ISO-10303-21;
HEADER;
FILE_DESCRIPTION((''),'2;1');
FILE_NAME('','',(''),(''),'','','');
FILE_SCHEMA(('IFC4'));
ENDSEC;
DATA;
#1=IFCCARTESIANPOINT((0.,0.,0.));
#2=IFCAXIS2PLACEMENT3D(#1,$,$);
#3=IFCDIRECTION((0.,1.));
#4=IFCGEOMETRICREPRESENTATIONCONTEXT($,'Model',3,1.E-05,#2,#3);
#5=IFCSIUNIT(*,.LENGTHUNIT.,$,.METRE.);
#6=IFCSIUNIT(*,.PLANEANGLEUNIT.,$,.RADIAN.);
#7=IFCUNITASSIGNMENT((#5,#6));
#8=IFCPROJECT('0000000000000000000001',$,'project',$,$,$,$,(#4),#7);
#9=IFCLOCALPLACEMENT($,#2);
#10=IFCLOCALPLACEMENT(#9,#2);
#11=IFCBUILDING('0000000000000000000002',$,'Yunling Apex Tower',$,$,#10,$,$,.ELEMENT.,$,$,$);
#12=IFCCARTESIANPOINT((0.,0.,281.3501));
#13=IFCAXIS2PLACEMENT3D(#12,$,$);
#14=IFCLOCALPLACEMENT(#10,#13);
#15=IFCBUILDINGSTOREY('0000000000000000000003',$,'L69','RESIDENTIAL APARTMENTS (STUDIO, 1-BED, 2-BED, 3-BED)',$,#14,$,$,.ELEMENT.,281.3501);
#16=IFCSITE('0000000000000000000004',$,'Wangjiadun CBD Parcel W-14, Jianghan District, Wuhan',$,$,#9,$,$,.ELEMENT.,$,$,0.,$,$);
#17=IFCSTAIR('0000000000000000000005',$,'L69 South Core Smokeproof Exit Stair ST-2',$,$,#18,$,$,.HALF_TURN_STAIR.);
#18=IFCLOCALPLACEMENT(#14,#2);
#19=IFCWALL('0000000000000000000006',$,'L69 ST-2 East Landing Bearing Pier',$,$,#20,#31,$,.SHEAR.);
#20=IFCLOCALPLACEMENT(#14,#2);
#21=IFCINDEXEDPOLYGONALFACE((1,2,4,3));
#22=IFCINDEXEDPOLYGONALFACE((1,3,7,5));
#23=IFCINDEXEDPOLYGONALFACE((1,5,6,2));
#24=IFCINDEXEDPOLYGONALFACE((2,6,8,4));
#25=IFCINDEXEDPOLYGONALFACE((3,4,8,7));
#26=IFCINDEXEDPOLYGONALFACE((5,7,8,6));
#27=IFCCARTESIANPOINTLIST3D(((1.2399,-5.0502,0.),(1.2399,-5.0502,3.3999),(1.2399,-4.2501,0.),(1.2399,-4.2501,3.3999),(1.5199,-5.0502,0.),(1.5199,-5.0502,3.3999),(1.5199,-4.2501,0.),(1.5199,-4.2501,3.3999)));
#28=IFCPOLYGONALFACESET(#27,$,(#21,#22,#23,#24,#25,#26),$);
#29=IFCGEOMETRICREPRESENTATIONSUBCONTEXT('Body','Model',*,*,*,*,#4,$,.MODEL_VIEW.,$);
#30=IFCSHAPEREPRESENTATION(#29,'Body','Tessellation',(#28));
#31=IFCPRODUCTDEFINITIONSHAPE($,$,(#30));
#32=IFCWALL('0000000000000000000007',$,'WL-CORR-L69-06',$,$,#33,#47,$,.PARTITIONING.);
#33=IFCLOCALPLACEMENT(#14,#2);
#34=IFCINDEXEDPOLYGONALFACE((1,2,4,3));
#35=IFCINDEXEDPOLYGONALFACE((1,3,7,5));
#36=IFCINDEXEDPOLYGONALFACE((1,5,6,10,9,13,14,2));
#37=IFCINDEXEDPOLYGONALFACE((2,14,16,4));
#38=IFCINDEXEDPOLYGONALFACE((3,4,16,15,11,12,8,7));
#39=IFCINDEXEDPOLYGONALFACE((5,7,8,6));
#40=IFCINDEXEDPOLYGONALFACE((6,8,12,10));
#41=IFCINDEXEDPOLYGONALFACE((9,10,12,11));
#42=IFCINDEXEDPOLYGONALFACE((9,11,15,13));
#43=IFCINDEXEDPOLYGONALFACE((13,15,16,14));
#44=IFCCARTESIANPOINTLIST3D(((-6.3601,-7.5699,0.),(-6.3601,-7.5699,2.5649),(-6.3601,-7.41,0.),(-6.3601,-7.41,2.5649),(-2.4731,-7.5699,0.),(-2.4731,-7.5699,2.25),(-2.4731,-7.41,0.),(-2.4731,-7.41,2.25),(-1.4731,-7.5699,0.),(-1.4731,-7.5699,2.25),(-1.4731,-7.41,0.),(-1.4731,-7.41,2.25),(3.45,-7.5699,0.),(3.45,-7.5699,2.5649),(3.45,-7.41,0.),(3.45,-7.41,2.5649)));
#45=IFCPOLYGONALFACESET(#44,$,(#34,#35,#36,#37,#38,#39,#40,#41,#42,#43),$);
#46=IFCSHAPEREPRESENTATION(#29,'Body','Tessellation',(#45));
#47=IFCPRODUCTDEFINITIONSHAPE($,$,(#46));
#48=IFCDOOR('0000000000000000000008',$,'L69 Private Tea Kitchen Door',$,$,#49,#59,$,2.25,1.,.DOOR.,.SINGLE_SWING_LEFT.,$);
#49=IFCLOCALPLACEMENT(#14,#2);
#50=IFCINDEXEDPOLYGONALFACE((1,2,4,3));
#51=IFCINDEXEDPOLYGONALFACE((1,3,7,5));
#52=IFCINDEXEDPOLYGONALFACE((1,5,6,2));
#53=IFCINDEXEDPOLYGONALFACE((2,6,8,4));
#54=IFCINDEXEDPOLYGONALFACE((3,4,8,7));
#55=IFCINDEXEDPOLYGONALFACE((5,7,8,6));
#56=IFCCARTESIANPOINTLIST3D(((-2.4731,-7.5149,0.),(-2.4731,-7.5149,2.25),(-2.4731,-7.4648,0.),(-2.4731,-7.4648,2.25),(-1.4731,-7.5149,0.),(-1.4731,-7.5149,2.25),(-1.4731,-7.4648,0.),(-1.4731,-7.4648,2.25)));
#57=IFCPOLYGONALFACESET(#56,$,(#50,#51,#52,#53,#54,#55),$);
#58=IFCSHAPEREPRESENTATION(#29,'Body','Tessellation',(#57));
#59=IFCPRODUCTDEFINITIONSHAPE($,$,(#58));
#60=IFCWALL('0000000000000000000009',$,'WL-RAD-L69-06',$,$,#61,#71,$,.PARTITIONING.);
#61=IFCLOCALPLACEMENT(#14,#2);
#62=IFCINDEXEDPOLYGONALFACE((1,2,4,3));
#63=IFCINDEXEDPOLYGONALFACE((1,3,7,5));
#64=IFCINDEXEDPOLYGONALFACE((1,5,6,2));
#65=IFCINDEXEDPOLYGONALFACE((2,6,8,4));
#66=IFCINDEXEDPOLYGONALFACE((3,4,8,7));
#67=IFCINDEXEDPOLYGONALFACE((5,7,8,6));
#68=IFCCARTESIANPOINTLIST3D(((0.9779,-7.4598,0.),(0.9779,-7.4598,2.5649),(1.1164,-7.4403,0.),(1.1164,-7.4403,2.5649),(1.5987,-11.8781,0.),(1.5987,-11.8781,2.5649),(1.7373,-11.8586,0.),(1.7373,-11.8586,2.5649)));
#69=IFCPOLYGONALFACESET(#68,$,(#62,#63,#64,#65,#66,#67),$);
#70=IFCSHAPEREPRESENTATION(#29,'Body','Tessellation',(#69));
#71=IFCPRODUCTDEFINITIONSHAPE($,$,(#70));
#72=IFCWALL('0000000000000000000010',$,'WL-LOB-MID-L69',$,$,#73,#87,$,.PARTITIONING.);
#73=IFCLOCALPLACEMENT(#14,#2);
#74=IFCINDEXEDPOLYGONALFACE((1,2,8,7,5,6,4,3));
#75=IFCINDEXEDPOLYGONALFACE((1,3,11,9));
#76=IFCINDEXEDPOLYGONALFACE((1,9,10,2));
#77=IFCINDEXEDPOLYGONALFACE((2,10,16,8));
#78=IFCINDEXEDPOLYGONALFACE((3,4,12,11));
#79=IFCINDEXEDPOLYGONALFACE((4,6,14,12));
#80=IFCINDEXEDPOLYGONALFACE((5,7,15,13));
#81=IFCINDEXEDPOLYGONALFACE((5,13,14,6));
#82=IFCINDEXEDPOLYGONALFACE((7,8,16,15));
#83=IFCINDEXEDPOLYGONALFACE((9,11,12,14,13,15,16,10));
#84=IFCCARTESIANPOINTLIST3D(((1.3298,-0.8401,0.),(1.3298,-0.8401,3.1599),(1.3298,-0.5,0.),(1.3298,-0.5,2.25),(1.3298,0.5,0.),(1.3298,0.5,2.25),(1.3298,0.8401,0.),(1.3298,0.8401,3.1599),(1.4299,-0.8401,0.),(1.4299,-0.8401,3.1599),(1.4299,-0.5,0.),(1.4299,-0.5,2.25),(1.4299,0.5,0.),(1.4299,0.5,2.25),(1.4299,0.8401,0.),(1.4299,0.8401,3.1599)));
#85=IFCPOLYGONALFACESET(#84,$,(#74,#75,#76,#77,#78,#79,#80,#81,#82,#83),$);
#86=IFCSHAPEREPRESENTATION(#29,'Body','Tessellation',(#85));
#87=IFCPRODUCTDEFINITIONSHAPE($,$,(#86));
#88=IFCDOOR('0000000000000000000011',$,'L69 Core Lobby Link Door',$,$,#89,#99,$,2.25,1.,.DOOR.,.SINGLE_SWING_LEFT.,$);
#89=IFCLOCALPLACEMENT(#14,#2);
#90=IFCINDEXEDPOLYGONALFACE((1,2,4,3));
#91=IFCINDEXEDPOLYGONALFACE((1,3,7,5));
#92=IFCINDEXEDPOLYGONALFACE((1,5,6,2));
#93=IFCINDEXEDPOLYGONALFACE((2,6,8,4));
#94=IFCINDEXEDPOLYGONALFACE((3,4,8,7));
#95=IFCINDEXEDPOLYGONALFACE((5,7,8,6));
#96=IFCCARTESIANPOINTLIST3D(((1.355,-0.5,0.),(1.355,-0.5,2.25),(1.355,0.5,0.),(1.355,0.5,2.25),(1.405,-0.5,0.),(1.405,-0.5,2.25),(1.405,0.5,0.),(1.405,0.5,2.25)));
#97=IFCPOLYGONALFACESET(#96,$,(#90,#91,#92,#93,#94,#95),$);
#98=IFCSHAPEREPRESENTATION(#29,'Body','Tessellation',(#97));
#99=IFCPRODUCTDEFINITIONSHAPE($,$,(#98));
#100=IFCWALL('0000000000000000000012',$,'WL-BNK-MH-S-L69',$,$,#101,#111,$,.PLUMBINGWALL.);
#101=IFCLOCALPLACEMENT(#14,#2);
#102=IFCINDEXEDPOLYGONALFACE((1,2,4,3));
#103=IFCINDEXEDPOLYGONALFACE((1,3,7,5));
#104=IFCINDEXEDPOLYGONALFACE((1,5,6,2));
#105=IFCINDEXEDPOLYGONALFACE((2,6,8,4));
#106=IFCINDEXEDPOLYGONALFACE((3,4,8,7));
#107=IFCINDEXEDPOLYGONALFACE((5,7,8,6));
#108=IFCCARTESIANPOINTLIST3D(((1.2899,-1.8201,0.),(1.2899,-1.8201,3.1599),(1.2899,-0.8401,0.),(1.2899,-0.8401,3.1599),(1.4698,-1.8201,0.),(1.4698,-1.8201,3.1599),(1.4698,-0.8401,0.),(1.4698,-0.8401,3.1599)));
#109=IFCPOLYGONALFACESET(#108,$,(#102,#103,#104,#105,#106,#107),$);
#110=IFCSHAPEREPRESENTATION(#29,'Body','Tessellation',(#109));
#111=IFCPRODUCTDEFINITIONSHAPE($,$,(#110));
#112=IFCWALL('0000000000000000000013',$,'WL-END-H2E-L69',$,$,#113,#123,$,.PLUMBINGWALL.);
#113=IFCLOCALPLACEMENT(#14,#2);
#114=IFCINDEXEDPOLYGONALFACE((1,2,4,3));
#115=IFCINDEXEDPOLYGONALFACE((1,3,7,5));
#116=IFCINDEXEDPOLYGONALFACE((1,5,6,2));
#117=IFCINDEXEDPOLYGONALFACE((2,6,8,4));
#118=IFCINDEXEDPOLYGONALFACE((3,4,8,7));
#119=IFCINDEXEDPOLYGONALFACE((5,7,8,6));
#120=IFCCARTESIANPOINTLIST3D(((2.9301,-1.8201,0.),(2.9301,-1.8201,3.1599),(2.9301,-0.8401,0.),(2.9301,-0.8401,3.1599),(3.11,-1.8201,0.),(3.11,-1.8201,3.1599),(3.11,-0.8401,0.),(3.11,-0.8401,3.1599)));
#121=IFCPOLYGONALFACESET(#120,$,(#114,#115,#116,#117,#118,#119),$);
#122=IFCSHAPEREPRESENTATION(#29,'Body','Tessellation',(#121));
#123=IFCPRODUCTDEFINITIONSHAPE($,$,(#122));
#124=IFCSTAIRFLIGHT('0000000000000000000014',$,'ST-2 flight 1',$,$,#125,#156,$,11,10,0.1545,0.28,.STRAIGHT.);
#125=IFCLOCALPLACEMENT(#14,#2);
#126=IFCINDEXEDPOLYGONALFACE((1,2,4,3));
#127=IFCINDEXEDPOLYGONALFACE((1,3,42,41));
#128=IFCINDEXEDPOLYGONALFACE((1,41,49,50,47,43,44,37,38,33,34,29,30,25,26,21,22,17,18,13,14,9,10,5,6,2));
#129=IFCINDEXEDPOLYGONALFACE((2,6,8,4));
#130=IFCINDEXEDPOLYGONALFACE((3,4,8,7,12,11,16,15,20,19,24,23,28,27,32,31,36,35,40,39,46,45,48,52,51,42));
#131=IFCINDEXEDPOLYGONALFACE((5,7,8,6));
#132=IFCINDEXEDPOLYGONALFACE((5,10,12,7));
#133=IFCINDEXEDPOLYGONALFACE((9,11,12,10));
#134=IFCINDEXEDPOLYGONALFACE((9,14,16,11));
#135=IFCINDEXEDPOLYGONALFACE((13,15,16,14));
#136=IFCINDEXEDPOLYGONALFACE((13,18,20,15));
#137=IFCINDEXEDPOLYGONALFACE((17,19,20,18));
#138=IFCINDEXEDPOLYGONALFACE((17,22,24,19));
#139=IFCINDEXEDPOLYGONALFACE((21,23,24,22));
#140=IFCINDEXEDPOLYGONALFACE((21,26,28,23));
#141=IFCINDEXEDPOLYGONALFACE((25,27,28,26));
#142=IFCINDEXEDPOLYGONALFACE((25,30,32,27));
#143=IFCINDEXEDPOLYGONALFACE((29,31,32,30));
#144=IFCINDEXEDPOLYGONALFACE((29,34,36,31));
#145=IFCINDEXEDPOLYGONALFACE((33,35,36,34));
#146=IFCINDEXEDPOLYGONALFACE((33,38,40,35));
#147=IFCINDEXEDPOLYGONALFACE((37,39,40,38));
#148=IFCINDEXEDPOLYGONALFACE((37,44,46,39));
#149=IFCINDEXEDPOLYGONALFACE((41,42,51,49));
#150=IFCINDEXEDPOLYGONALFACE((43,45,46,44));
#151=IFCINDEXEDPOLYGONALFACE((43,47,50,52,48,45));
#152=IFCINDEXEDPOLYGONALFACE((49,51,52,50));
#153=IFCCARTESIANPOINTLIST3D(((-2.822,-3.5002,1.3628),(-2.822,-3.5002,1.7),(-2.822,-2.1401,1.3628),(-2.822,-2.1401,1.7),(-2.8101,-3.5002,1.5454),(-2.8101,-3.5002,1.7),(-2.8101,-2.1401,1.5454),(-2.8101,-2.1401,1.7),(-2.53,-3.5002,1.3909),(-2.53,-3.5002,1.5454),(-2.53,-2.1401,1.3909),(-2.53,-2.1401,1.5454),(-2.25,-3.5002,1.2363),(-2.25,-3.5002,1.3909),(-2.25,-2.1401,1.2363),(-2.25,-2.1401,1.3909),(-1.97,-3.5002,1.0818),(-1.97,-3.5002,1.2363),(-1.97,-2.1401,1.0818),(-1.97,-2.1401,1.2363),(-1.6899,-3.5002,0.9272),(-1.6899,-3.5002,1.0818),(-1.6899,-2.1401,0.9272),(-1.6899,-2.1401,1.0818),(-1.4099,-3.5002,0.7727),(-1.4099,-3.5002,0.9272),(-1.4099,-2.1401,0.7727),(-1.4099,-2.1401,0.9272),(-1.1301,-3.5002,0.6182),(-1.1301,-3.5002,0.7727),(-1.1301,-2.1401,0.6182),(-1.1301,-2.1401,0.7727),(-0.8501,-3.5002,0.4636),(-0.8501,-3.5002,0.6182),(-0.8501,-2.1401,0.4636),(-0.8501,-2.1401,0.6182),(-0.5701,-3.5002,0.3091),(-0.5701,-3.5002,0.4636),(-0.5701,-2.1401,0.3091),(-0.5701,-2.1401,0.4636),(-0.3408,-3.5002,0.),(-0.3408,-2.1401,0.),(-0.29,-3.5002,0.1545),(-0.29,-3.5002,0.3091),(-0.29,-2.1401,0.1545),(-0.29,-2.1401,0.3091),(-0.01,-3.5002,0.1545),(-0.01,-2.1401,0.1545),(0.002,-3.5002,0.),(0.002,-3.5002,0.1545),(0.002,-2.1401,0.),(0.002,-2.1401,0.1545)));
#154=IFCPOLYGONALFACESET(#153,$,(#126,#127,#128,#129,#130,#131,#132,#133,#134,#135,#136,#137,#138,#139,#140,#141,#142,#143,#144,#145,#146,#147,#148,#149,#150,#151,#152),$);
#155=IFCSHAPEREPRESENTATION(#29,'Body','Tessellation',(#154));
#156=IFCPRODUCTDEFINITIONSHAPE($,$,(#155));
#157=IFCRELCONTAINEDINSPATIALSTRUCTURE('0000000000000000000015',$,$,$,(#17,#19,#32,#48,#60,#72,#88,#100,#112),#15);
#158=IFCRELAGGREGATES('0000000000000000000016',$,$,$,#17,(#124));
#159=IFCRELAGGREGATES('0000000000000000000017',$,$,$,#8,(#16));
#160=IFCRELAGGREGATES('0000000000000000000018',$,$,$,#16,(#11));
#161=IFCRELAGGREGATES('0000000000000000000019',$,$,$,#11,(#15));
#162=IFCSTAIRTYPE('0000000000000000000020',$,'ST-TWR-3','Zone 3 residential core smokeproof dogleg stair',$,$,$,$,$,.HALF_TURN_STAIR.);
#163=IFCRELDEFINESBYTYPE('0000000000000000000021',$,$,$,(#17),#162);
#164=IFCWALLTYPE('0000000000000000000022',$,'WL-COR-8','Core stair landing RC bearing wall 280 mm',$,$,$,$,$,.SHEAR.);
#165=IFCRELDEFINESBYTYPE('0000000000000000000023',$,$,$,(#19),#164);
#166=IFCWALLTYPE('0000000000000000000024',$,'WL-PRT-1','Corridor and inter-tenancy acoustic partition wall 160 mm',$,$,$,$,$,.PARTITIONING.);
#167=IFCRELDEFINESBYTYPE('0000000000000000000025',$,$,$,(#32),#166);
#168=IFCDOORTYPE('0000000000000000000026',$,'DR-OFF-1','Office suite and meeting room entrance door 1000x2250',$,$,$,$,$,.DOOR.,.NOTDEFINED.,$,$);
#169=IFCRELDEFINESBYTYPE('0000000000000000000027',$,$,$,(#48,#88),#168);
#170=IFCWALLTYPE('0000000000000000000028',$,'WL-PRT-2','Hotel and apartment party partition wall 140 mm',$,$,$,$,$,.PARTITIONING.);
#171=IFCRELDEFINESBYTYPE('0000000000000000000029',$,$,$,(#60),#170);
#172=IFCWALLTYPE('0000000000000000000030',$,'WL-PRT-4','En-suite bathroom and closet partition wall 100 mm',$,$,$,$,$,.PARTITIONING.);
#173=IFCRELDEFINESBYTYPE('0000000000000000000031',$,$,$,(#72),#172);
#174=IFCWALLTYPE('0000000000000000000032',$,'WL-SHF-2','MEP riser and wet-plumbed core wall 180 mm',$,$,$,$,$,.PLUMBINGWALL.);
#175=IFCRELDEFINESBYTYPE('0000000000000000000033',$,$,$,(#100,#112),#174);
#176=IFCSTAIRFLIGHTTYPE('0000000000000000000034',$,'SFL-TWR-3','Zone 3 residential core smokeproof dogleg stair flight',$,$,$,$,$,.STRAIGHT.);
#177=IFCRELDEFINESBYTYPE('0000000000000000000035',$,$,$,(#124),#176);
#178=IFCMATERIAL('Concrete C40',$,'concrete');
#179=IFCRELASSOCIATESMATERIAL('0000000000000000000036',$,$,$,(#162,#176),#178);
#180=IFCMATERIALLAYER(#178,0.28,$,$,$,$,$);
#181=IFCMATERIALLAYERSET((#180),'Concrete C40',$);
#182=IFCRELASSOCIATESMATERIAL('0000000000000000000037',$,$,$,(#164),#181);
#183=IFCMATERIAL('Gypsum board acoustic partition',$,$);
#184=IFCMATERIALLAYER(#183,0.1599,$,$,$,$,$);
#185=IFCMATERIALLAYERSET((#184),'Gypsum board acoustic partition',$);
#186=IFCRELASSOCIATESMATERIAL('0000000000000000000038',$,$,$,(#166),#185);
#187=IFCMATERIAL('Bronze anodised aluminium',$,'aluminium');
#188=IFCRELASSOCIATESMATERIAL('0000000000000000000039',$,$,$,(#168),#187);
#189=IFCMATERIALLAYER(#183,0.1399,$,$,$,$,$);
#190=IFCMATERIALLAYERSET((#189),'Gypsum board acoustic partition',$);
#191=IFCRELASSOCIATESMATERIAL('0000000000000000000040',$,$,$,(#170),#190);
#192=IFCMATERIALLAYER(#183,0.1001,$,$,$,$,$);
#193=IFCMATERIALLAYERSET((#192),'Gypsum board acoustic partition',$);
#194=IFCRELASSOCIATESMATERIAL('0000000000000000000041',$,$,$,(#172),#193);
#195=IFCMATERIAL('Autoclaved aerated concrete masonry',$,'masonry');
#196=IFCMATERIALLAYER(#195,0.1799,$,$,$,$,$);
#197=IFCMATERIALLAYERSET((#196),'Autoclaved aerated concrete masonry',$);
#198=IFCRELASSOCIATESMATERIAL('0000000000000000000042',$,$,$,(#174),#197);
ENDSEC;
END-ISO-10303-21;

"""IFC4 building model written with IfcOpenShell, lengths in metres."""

from ifc_helpers import new_model, si_unit, direction, frame, frame_2d, origin, place, context, subcontext, project, spatial, polyline, rectangle, outline, extrude, material, layer, layer_set, type_object, element, fill, aggregate, save


model = new_model("IFC4")

# Units and contexts
model_context = context("Model", 3, precision=1e-05, world=origin(), true_north=direction((0.0, 1.0)))
body_context = subcontext(model_context, "Body", "Model", "MODEL_VIEW")
ifc_project = project(units=[si_unit("LENGTHUNIT", "METRE"), si_unit("PLANEANGLEUNIT", "RADIAN")], contexts=[model_context])

# Site, building, storey
site_placement = place(None, origin())
site = spatial("IfcSite", under=ifc_project, at=site_placement, Name="Wangjiadun CBD Parcel W-14, Jianghan District, Wuhan", CompositionType="ELEMENT", RefElevation=0.0)
building_placement = place(site_placement, origin())
building = spatial("IfcBuilding", under=site, at=building_placement, Name="Yunling Apex Tower", CompositionType="ELEMENT")
storey_placement = place(building_placement, frame((0.0, 0.0, 281.3501)))
storey = spatial("IfcBuildingStorey", under=building, at=storey_placement, Name="L69", Description="RESIDENTIAL APARTMENTS (STUDIO, 1-BED, 2-BED, 3-BED)", CompositionType="ELEMENT", Elevation=281.3501)

# Shared definitions
ifc_material_1 = material(Name="Bronze anodised aluminium", Category="aluminium")

# Shared definitions
ifc_material_2 = material(Name="Concrete C40", Category="concrete")

# Stair
stair_type = type_object("IfcStairType", Name="ST-TWR-3", Description="Zone 3 residential core smokeproof dogleg stair", PredefinedType="HALF_TURN_STAIR", material=ifc_material_2)
stair_1_placement = place(storey_placement, origin())
stair_1 = element("IfcStair", 1, at=stair_1_placement, inside=storey, type_object=stair_type, Name="L69 South Core Smokeproof Exit Stair ST-2", PredefinedType="HALF_TURN_STAIR")

# Wall
ifc_layer_1 = layer(ifc_material_2, 0.28)
ifc_layer_set_1 = layer_set([ifc_layer_1], Name="Concrete C40")
wall_type_1 = type_object("IfcWallType", Name="WL-COR-8", Description="Core stair landing RC bearing wall 280 mm", PredefinedType="SHEAR", material=ifc_layer_set_1)
wall_1_placement = place(storey_placement, frame((1.3799, -5.05, 0.0), z_axis=(0.0, 0.0, 1.0), x_axis=(0.0, 1.0, 0.0)))
element("IfcWall", 2, at=wall_1_placement, inside=storey, type_object=wall_type_1, Name="L69 ST-2 East Landing Bearing Pier", PredefinedType="SHEAR", context=body_context, shape_type="SweptSolid", body=[
    extrude(rectangle(XDim=0.8, YDim=0.28, at=frame_2d((0.3999, 0.0))), origin(), (0.0, 0.0, 1.0), 3.3999),
])

# Wall, opening, door
ifc_material_3 = material(Name="Gypsum board acoustic partition")
ifc_layer_2 = layer(ifc_material_3, 0.1599)
ifc_layer_set_2 = layer_set([ifc_layer_2], Name="Gypsum board acoustic partition")
wall_type_2 = type_object("IfcWallType", Name="WL-PRT-1", Description="Corridor and inter-tenancy acoustic partition wall 160 mm", PredefinedType="PARTITIONING", material=ifc_layer_set_2)
wall_2_placement = place(storey_placement, frame((3.45, -7.49, 0.0), z_axis=(0.0, 0.0, 1.0), x_axis=(-1.0, 0.0, 0.0)))
wall_2 = element("IfcWall", 3, at=wall_2_placement, inside=storey, type_object=wall_type_2, Name="WL-CORR-L69-06", PredefinedType="PARTITIONING", context=body_context, shape_type="SweptSolid", body=[
    extrude(rectangle(XDim=9.8101, YDim=0.1599, at=frame_2d((4.905, 0.0))), origin(), (0.0, 0.0, 1.0), 2.5649),
])
opening_1_placement = place(wall_2_placement, frame((4.9231, 0.0, 0.0)))
opening_1 = element("IfcOpeningElement", 4, at=opening_1_placement, cuts=wall_2, PredefinedType="OPENING", context=body_context, shape_type="SweptSolid", body=[
    extrude(rectangle(XDim=1.0, YDim=2.25, at=frame_2d((0.5, 1.125))), frame((0.0, 0.0898, 0.0), z_axis=(0.0, -1.0, 0.0), x_axis=(1.0, 0.0, 0.0)), (0.0, 0.0, 1.0), 0.1799),
])
door_type_1 = type_object("IfcDoorType", Name="DR-OFF-1", Description="Office suite and meeting room entrance door 1000x2250", OperationType="NOTDEFINED", PredefinedType="DOOR", material=ifc_material_1)
door_1_placement = place(opening_1_placement, origin())
door_1 = element("IfcDoor", 5, at=door_1_placement, inside=storey, type_object=door_type_1, Name="L69 Private Tea Kitchen Door", OperationType="SINGLE_SWING_LEFT", OverallHeight=2.25, OverallWidth=1.0, PredefinedType="DOOR", context=body_context, shape_type="SweptSolid", body=[
    extrude(rectangle(XDim=1.0, YDim=2.25, at=frame_2d((0.5, 1.125))), frame((0.0, 0.0249, 0.0), z_axis=(0.0, -1.0, 0.0), x_axis=(1.0, 0.0, 0.0)), (0.0, 0.0, 1.0), 0.05),
])
fill(opening_1, door_1)

# Wall
ifc_layer_3 = layer(ifc_material_3, 0.1399)
ifc_layer_set_3 = layer_set([ifc_layer_3], Name="Gypsum board acoustic partition")
wall_type_3 = type_object("IfcWallType", Name="WL-PRT-2", Description="Hotel and apartment party partition wall 140 mm", PredefinedType="PARTITIONING", material=ifc_layer_set_3)
wall_3_placement = place(storey_placement, frame((1.0471, -7.45, 0.0), z_axis=(0.0, 0.0, 1.0), x_axis=(0.139153, -0.990271, 0.0)))
element("IfcWall", 6, at=wall_3_placement, inside=storey, type_object=wall_type_3, Name="WL-RAD-L69-06", PredefinedType="PARTITIONING", context=body_context, shape_type="SweptSolid", body=[
    extrude(rectangle(XDim=4.4617, YDim=0.1399, at=frame_2d((2.231, 0.0))), origin(), (0.0, 0.0, 1.0), 2.5649),
])

# Wall, opening, door
ifc_layer_4 = layer(ifc_material_3, 0.1001)
ifc_layer_set_4 = layer_set([ifc_layer_4], Name="Gypsum board acoustic partition")
wall_type_4 = type_object("IfcWallType", Name="WL-PRT-4", Description="En-suite bathroom and closet partition wall 100 mm", PredefinedType="PARTITIONING", material=ifc_layer_set_4)
wall_4_placement = place(storey_placement, frame((1.3799, -0.8401, 0.0), z_axis=(0.0, 0.0, 1.0), x_axis=(0.0, 1.0, 0.0)))
wall_4 = element("IfcWall", 7, at=wall_4_placement, inside=storey, type_object=wall_type_4, Name="WL-LOB-MID-L69", PredefinedType="PARTITIONING", context=body_context, shape_type="SweptSolid", body=[
    extrude(rectangle(XDim=1.6802, YDim=0.1001, at=frame_2d((0.8401, 0.0))), origin(), (0.0, 0.0, 1.0), 3.1599),
])
opening_2_placement = place(wall_4_placement, frame((0.3401, 0.0, 0.0)))
opening_2 = element("IfcOpeningElement", 8, at=opening_2_placement, cuts=wall_4, PredefinedType="OPENING", context=body_context, shape_type="SweptSolid", body=[
    extrude(rectangle(XDim=1.0, YDim=2.25, at=frame_2d((0.5, 1.125))), frame((0.0, 0.0601, 0.0), z_axis=(0.0, -1.0, 0.0), x_axis=(1.0, 0.0, 0.0)), (0.0, 0.0, 1.0), 0.1201),
])
door_2_placement = place(opening_2_placement, origin())
door_2 = element("IfcDoor", 9, at=door_2_placement, inside=storey, type_object=door_type_1, Name="L69 Core Lobby Link Door", OperationType="SINGLE_SWING_LEFT", OverallHeight=2.25, OverallWidth=1.0, PredefinedType="DOOR", context=body_context, shape_type="SweptSolid", body=[
    extrude(rectangle(XDim=1.0, YDim=2.25, at=frame_2d((0.5, 1.125))), frame((0.0, 0.0249, 0.0), z_axis=(0.0, -1.0, 0.0), x_axis=(1.0, 0.0, 0.0)), (0.0, 0.0, 1.0), 0.05),
])
fill(opening_2, door_2)
ifc_material_4 = material(Name="Autoclaved aerated concrete masonry", Category="masonry")

# Walls
ifc_layer_5 = layer(ifc_material_4, 0.1799)
ifc_layer_set_5 = layer_set([ifc_layer_5], Name="Autoclaved aerated concrete masonry")
wall_type_5 = type_object("IfcWallType", Name="WL-SHF-2", Description="MEP riser and wet-plumbed core wall 180 mm", PredefinedType="PLUMBINGWALL", material=ifc_layer_set_5)
for number, where, z_axis, x_axis, name in (
    (10, (1.3799, -1.8201, 0.0), (0.0, 0.0, 1.0), (0.0, 1.0, 0.0), "WL-BNK-MH-S-L69"),
    (11, (3.02, -1.8201, 0.0), (0.0, 0.0, 1.0), (0.0, 1.0, 0.0), "WL-END-H2E-L69"),
):
    element("IfcWall", number, at=place(storey_placement, frame(where, z_axis=z_axis, x_axis=x_axis)), inside=storey, type_object=wall_type_5, Name=name, PredefinedType="PLUMBINGWALL", context=body_context, shape_type="SweptSolid", body=[
        extrude(rectangle(XDim=0.98, YDim=0.1799, at=frame_2d((0.49, 0.0))), origin(), (0.0, 0.0, 1.0), 3.1599),
    ])

# Stair flight
stair_flight_type = type_object("IfcStairFlightType", Name="SFL-TWR-3", Description="Zone 3 residential core smokeproof dogleg stair flight", PredefinedType="STRAIGHT", material=ifc_material_2)
stair_flight_1_placement = place(storey_placement, frame((-0.01, -2.8201, 0.0), z_axis=(0.0, 0.0, 1.0), x_axis=(-1.0, 0.0, 0.0)))
stair_flight_1 = element("IfcStairFlight", 12, at=stair_flight_1_placement, type_object=stair_flight_type, Name="ST-2 flight 1", NumberOfRisers=11, NumberOfTreads=10, PredefinedType="STRAIGHT", RiserHeight=0.1545, TreadLength=0.28, context=body_context, shape_type="SweptSolid", body=[
    extrude(outline(polyline([(-0.012, 0.0), (-0.012, 0.1545), (0.0, 0.1545), (0.28, 0.1545), (0.28, 0.3091), (0.5601, 0.3091), (0.5601, 0.4636), (0.8401, 0.4636), (0.8401, 0.6182), (1.1201, 0.6182), (1.1201, 0.7727), (1.3999, 0.7727), (1.3999, 0.9272), (1.6799, 0.9272), (1.6799, 1.0818), (1.96, 1.0818), (1.96, 1.2363), (2.24, 1.2363), (2.24, 1.3909), (2.52, 1.3909), (2.52, 1.5454), (2.8, 1.5454), (2.8, 1.7), (2.812, 1.7), (2.812, 1.3628), (0.3308, 0.0), (-0.012, 0.0)])), frame((0.0, 0.6802, 0.0), z_axis=(0.0, -1.0, 0.0), x_axis=(1.0, 0.0, 0.0)), (0.0, 0.0, 1.0), 1.3601),
])
aggregate(stair_1, [stair_flight_1])

save(model, "model.ifc")
